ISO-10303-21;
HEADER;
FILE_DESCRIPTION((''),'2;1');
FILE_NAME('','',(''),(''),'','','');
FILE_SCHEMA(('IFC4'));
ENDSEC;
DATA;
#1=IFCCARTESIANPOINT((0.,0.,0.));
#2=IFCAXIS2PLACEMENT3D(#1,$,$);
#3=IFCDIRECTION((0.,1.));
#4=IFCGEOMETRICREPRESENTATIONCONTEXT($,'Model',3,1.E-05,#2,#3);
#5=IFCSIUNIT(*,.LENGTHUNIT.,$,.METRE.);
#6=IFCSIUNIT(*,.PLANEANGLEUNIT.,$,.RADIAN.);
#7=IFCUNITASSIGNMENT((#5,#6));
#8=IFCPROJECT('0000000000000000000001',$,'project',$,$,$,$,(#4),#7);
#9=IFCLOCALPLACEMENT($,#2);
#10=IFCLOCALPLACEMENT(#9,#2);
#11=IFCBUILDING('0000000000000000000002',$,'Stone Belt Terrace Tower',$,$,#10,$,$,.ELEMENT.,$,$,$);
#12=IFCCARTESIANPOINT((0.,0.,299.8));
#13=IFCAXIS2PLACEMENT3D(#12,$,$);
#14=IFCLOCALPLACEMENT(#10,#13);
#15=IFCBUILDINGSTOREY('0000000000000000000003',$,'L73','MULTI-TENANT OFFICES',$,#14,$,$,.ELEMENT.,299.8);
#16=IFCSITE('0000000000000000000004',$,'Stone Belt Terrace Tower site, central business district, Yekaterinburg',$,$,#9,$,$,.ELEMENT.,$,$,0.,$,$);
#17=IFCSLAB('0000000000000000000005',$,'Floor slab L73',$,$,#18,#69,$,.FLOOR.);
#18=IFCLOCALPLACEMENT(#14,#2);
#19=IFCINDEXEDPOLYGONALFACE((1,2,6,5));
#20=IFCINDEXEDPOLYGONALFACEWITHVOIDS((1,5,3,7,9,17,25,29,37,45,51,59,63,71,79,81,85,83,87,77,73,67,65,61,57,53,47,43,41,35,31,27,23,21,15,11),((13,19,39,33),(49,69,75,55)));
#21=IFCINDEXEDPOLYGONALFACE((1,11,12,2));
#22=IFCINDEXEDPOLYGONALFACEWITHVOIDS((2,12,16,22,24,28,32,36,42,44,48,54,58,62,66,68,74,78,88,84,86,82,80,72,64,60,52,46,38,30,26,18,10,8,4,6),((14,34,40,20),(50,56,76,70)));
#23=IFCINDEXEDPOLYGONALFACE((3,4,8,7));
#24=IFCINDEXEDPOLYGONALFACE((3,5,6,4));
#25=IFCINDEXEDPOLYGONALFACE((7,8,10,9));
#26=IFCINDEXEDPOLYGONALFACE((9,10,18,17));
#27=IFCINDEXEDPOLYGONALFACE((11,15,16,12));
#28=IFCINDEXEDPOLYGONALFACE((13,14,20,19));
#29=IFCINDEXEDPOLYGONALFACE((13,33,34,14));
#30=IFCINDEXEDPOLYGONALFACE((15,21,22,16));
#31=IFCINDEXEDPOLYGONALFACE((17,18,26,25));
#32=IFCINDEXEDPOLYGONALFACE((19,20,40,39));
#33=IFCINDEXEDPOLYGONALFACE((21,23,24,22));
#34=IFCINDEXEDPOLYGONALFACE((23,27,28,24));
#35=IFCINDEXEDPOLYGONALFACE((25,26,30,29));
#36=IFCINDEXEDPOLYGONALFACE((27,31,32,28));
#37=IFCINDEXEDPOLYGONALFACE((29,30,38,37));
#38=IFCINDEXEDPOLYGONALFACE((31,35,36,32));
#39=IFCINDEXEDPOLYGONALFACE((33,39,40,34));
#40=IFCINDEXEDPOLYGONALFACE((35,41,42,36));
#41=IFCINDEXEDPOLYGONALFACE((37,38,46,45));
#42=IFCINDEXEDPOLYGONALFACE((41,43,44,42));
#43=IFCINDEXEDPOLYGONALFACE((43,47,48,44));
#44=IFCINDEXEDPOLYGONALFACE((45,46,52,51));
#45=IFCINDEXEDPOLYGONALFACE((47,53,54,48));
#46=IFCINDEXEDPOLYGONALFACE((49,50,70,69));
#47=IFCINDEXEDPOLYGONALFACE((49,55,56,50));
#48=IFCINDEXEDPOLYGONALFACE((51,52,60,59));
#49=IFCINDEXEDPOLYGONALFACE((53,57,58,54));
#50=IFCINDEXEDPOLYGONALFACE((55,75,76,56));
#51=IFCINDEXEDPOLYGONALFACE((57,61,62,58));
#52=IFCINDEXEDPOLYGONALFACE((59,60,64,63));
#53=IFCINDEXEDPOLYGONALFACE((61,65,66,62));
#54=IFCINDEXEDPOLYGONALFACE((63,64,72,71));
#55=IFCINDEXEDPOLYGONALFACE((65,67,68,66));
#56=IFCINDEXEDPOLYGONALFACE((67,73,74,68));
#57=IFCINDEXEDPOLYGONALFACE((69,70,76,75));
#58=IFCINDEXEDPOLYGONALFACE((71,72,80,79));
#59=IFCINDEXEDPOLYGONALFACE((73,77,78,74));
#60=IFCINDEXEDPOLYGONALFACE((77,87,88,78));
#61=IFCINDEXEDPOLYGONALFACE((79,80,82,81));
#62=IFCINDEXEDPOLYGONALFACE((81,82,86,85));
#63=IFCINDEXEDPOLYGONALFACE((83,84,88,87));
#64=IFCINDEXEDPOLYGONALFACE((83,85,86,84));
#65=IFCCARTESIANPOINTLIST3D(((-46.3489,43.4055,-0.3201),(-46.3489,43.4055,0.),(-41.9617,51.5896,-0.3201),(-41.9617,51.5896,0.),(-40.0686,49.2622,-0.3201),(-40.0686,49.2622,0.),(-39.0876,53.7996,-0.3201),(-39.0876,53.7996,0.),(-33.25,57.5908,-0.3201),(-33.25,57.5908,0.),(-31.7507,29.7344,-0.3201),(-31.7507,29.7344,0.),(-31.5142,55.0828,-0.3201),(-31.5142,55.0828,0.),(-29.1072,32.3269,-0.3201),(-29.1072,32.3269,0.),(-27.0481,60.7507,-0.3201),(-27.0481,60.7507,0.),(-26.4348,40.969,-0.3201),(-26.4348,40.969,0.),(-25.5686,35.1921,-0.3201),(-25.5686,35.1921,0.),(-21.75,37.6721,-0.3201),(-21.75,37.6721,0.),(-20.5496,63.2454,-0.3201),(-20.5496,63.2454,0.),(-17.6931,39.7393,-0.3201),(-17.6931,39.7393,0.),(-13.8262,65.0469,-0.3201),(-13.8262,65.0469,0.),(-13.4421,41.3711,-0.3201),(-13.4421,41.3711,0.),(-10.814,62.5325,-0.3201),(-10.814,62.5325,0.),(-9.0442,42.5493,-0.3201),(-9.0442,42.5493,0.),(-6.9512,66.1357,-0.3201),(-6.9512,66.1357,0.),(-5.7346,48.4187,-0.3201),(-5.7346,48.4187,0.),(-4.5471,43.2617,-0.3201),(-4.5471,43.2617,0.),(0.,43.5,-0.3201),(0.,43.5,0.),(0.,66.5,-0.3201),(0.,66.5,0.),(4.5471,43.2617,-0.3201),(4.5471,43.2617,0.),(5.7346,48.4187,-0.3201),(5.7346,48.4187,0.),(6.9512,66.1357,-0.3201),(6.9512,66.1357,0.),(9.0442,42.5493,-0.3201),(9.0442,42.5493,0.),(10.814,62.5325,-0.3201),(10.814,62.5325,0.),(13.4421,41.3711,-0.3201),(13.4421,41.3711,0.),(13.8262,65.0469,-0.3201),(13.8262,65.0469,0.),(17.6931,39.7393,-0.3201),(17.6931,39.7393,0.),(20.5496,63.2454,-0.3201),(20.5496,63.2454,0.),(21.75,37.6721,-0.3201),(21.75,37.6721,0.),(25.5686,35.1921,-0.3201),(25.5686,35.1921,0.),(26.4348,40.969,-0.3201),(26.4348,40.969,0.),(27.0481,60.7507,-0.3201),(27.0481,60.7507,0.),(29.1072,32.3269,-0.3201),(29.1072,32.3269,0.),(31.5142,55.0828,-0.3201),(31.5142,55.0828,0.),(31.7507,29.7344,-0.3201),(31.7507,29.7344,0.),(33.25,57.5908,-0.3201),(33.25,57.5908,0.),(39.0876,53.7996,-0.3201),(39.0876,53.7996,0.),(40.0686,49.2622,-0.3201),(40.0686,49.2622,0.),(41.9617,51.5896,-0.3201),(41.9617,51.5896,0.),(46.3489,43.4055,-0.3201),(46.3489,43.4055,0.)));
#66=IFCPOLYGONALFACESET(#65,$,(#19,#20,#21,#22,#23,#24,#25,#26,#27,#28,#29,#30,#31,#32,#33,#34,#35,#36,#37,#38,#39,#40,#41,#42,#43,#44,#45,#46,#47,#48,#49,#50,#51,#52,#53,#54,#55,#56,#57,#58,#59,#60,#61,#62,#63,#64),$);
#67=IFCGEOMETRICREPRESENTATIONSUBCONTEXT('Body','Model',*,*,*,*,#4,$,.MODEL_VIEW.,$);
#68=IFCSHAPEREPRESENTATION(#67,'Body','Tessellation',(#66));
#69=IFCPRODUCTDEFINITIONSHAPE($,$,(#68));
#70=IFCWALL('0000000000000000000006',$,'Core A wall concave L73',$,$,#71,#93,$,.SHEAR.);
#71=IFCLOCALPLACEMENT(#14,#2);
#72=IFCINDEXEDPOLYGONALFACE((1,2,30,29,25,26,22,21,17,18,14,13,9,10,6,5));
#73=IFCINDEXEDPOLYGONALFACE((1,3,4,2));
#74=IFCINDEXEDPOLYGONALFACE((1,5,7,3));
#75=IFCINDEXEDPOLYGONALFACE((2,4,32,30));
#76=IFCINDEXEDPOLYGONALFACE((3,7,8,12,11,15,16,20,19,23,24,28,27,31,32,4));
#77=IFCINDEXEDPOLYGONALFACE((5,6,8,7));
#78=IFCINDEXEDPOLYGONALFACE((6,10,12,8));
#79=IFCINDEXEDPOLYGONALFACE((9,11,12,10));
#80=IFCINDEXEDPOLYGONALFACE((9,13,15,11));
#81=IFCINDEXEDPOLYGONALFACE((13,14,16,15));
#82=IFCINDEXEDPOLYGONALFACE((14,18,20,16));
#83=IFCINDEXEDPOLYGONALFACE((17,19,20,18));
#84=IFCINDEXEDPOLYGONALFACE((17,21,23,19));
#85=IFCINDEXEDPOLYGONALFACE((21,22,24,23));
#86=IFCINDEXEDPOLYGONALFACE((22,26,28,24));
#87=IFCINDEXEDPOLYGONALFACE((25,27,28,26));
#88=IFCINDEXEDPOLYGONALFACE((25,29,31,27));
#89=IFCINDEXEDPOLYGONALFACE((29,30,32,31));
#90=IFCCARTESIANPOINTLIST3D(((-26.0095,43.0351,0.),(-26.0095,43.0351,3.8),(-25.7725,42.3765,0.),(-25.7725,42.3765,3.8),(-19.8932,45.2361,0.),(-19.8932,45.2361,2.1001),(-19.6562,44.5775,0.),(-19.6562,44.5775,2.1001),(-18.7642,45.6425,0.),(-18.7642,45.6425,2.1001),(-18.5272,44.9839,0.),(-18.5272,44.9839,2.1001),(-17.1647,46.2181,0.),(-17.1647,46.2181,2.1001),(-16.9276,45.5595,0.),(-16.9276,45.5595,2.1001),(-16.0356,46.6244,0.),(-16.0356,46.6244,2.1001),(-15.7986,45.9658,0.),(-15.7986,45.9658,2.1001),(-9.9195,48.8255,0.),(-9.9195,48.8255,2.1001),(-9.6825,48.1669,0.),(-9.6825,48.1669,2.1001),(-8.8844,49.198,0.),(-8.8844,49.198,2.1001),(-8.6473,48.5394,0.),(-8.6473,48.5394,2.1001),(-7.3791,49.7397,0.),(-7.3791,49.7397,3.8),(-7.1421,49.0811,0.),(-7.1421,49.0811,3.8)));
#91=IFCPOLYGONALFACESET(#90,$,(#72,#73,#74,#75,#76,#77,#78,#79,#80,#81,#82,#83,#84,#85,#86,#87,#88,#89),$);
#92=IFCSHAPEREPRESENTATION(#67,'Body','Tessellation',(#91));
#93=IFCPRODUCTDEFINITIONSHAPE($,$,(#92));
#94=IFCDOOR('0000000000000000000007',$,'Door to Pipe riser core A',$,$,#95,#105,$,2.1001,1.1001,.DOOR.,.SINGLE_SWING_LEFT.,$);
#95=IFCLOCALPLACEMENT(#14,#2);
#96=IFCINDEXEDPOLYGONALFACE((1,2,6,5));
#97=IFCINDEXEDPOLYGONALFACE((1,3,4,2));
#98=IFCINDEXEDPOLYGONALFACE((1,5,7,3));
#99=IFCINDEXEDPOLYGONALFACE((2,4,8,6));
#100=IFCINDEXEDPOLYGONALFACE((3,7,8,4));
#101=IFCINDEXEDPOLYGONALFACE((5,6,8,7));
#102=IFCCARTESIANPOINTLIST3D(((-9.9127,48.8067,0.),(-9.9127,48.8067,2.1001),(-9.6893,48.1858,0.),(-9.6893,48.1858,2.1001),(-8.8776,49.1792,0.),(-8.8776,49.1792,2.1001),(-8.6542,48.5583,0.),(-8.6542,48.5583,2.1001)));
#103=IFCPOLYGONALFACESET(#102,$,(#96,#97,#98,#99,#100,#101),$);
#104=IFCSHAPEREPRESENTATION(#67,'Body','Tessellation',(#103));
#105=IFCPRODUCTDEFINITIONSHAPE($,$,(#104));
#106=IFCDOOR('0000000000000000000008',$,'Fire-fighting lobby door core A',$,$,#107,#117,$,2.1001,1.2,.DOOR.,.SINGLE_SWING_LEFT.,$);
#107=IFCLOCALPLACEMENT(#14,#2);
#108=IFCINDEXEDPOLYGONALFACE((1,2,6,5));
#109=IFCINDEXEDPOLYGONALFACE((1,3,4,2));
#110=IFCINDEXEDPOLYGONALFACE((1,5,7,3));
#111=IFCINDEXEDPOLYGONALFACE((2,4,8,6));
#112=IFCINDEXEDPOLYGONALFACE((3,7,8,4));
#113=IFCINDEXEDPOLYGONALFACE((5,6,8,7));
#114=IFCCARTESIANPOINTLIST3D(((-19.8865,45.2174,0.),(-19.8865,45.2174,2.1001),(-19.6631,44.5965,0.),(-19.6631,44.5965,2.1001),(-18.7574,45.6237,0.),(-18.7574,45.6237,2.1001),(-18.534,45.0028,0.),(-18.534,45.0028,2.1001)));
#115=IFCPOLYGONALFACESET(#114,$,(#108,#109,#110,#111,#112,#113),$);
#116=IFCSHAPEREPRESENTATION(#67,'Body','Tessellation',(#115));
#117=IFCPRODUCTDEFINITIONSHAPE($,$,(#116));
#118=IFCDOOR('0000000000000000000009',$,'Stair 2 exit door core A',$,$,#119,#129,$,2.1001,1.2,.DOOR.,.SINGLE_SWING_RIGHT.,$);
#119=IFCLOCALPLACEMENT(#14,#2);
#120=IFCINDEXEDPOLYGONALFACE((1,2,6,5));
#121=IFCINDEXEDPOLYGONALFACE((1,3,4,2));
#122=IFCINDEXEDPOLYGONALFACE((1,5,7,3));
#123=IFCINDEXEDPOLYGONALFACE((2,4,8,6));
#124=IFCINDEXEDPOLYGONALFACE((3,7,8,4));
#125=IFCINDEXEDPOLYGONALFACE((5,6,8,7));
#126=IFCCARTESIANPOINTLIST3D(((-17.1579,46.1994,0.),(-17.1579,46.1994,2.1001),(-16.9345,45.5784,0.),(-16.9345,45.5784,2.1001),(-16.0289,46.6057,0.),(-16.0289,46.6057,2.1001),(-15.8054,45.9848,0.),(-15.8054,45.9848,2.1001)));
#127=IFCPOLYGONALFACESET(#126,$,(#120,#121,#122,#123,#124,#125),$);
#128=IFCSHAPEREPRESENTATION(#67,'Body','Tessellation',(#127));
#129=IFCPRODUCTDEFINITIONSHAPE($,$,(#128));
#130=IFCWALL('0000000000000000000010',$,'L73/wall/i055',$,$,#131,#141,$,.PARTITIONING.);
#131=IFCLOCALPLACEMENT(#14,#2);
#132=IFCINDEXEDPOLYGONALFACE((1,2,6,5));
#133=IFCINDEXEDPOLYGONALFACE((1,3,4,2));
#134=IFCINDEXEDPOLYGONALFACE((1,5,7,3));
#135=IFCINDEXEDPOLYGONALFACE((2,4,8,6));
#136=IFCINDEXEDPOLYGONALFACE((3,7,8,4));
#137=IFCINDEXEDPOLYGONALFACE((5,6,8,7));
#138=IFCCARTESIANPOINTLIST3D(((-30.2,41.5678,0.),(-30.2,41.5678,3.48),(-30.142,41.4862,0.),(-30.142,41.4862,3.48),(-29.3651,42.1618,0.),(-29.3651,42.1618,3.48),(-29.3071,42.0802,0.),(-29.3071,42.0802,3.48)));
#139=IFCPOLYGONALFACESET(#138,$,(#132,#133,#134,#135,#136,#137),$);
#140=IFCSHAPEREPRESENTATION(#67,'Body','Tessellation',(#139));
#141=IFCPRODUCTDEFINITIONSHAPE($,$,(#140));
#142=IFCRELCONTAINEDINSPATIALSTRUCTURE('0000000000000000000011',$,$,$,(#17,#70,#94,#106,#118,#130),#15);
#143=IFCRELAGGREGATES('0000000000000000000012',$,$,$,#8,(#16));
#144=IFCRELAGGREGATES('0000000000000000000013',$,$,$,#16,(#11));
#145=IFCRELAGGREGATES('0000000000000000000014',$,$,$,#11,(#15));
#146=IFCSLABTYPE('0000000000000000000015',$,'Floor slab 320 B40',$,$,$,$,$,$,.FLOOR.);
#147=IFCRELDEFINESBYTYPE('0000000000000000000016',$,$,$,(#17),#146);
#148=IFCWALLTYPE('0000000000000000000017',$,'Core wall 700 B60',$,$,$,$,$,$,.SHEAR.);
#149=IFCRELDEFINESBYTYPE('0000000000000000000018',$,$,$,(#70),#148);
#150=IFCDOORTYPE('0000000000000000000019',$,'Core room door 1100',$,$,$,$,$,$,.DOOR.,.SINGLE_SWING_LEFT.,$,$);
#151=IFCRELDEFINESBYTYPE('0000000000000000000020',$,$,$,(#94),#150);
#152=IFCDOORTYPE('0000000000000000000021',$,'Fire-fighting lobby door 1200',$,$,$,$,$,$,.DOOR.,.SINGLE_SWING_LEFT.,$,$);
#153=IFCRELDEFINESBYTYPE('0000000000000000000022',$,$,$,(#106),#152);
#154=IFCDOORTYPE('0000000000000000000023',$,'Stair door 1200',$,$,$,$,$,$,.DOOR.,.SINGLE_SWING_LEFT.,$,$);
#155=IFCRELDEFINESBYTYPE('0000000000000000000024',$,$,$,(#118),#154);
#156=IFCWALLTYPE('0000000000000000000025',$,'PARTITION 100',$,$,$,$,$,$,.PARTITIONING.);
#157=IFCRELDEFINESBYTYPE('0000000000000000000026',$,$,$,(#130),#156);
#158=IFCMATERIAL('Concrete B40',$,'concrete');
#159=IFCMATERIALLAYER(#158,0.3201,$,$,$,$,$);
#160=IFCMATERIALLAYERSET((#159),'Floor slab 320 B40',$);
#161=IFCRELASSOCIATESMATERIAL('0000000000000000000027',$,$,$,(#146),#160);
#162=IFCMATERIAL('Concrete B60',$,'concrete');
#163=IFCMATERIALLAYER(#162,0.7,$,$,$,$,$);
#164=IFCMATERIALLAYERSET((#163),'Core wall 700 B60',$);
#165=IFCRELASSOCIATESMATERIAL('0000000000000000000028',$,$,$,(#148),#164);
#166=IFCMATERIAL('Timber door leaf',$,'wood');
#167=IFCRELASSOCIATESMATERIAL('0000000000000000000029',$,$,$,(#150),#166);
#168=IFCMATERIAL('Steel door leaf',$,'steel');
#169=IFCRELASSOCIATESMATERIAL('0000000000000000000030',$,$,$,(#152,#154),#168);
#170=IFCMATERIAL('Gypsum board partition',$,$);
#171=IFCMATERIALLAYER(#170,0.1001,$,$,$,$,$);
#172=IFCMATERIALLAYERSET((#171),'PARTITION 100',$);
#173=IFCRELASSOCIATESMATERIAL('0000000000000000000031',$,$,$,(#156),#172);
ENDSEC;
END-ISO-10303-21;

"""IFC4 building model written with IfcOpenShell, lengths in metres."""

from ifc_helpers import new_model, si_unit, direction, frame, frame_2d, origin, place, context, subcontext, project, spatial, polyline, rectangle, outline, extrude, material, layer, layer_set, type_object, element, fill, save


model = new_model("IFC4")

# Units and contexts
model_context = context("Model", 3, precision=1e-05, world=origin(), true_north=direction((0.0, 1.0)))
body_context = subcontext(model_context, "Body", "Model", "MODEL_VIEW")
ifc_project = project(units=[si_unit("LENGTHUNIT", "METRE"), si_unit("PLANEANGLEUNIT", "RADIAN")], contexts=[model_context])

# Site, building, storey
site_placement = place(None, origin())
site = spatial("IfcSite", under=ifc_project, at=site_placement, Name="Stone Belt Terrace Tower site, central business district, Yekaterinburg", CompositionType="ELEMENT", RefElevation=0.0)
building_placement = place(site_placement, origin())
building = spatial("IfcBuilding", under=site, at=building_placement, Name="Stone Belt Terrace Tower", CompositionType="ELEMENT")
storey_placement = place(building_placement, frame((0.0, 0.0, 299.8)))
storey = spatial("IfcBuildingStorey", under=building, at=storey_placement, Name="L73", Description="MULTI-TENANT OFFICES", CompositionType="ELEMENT", Elevation=299.8)

# Shared definitions
ifc_material_1 = material(Name="Concrete B60", Category="concrete")

# Slab
ifc_material_2 = material(Name="Concrete B40", Category="concrete")
ifc_layer_1 = layer(ifc_material_2, 0.3201)
ifc_layer_set_1 = layer_set([ifc_layer_1], Name="Floor slab 320 B40")
slab_type = type_object("IfcSlabType", Name="Floor slab 320 B40", PredefinedType="FLOOR", material=ifc_layer_set_1)
slab_placement = place(storey_placement, frame((0.0, 0.0, -0.3201)))
element("IfcSlab", 1, at=slab_placement, inside=storey, type_object=slab_type, Name="Floor slab L73", PredefinedType="FLOOR", context=body_context, shape_type="SweptSolid", body=[
    extrude(outline(polyline([(-40.0686, 49.2622), (-41.9617, 51.5896), (-39.0876, 53.7996), (-33.25, 57.5908), (-27.0481, 60.7507), (-20.5496, 63.2454), (-13.8262, 65.0469), (-6.9512, 66.1357), (0.0, 66.5), (6.9512, 66.1357), (13.8262, 65.0469), (20.5496, 63.2454), (27.0481, 60.7507), (33.25, 57.5908), (39.0876, 53.7996), (41.9617, 51.5896), (40.0686, 49.2622), (46.3489, 43.4055), (31.7507, 29.7344), (29.1072, 32.3269), (25.5686, 35.1921), (21.75, 37.6721), (17.6931, 39.7393), (13.4421, 41.3711), (9.0442, 42.5493), (4.5471, 43.2617), (0.0, 43.5), (-4.5471, 43.2617), (-9.0442, 42.5493), (-13.4421, 41.3711), (-17.6931, 39.7393), (-21.75, 37.6721), (-25.5686, 35.1921), (-29.1072, 32.3269), (-31.7507, 29.7344), (-46.3489, 43.4055), (-40.0686, 49.2622)]), holes=[polyline([(-10.814, 62.5325), (-31.5142, 55.0828), (-26.4348, 40.969), (-5.7346, 48.4187), (-10.814, 62.5325)]), polyline([(26.4348, 40.969), (31.5142, 55.0828), (10.814, 62.5325), (5.7346, 48.4187), (26.4348, 40.969)])]), origin(), (0.0, 0.0, 1.0), 0.3201),
])

# Wall, openings, doors
ifc_layer_2 = layer(ifc_material_1, 0.7)
ifc_layer_set_2 = layer_set([ifc_layer_2], Name="Core wall 700 B60")
wall_type_1 = type_object("IfcWallType", Name="Core wall 700 B60", PredefinedType="SHEAR", material=ifc_layer_set_2)
wall_1_placement = place(storey_placement, frame((-25.8909, 42.7058, 0.0), z_axis=(0.0, 0.0, 1.0), x_axis=(0.940925, 0.338615, 0.0)))
wall_1 = element("IfcWall", 2, at=wall_1_placement, inside=storey, type_object=wall_type_1, Name="Core A wall concave L73", PredefinedType="SHEAR", context=body_context, shape_type="SweptSolid", body=[
    extrude(rectangle(XDim=19.8, YDim=0.7, at=frame_2d((9.8999, 0.0))), origin(), (0.0, 0.0, 1.0), 3.8),
])
opening_1_placement = place(wall_1_placement, frame((6.5, 0.0, 0.0)))
opening_1 = element("IfcOpeningElement", 3, at=opening_1_placement, cuts=wall_1, PredefinedType="OPENING", context=body_context, shape_type="SweptSolid", body=[
    extrude(rectangle(XDim=1.2, YDim=2.1001, at=frame_2d((0.6001, 1.05))), frame((0.0, 0.3599, 0.0), z_axis=(0.0, -1.0, 0.0), x_axis=(1.0, 0.0, 0.0)), (0.0, 0.0, 1.0), 0.72),
])
opening_2_placement = place(wall_1_placement, frame((9.3999, 0.0, 0.0)))
opening_2 = element("IfcOpeningElement", 4, at=opening_2_placement, cuts=wall_1, PredefinedType="OPENING", context=body_context, shape_type="SweptSolid", body=[
    extrude(rectangle(XDim=1.2, YDim=2.1001, at=frame_2d((0.6001, 1.05))), frame((0.0, 0.3599, 0.0), z_axis=(0.0, -1.0, 0.0), x_axis=(1.0, 0.0, 0.0)), (0.0, 0.0, 1.0), 0.72),
])
opening_3_placement = place(wall_1_placement, frame((17.1001, 0.0, 0.0)))
opening_3 = element("IfcOpeningElement", 5, at=opening_3_placement, cuts=wall_1, PredefinedType="OPENING", context=body_context, shape_type="SweptSolid", body=[
    extrude(rectangle(XDim=1.1001, YDim=2.1001, at=frame_2d((0.55, 1.05))), frame((0.0, 0.3599, 0.0), z_axis=(0.0, -1.0, 0.0), x_axis=(1.0, 0.0, 0.0)), (0.0, 0.0, 1.0), 0.72),
])
ifc_material_3 = material(Name="Timber door leaf", Category="wood")
door_type_1 = type_object("IfcDoorType", Name="Core room door 1100", OperationType="SINGLE_SWING_LEFT", PredefinedType="DOOR", material=ifc_material_3)
door_1_placement = place(opening_3_placement, origin())
door_1 = element("IfcDoor", 6, at=door_1_placement, inside=storey, type_object=door_type_1, Name="Door to Pipe riser core A", OperationType="SINGLE_SWING_LEFT", OverallHeight=2.1001, OverallWidth=1.1001, PredefinedType="DOOR", context=body_context, shape_type="SweptSolid", body=[
    extrude(rectangle(XDim=1.1001, YDim=2.1001, at=frame_2d((0.55, 1.05))), frame((0.0, 0.3301, 0.0), z_axis=(0.0, -1.0, 0.0), x_axis=(1.0, 0.0, 0.0)), (0.0, 0.0, 1.0), 0.6599),
])
fill(opening_3, door_1)
ifc_material_4 = material(Name="Steel door leaf", Category="steel")
door_type_2 = type_object("IfcDoorType", Name="Fire-fighting lobby door 1200", OperationType="SINGLE_SWING_LEFT", PredefinedType="DOOR", material=ifc_material_4)
door_2_placement = place(opening_1_placement, origin())
door_2 = element("IfcDoor", 7, at=door_2_placement, inside=storey, type_object=door_type_2, Name="Fire-fighting lobby door core A", OperationType="SINGLE_SWING_LEFT", OverallHeight=2.1001, OverallWidth=1.2, PredefinedType="DOOR", context=body_context, shape_type="SweptSolid", body=[
    extrude(rectangle(XDim=1.2, YDim=2.1001, at=frame_2d((0.6001, 1.05))), frame((0.0, 0.3301, 0.0), z_axis=(0.0, -1.0, 0.0), x_axis=(1.0, 0.0, 0.0)), (0.0, 0.0, 1.0), 0.6599),
])
fill(opening_1, door_2)
door_type_3 = type_object("IfcDoorType", Name="Stair door 1200", OperationType="SINGLE_SWING_LEFT", PredefinedType="DOOR", material=ifc_material_4)
door_3_placement = place(opening_2_placement, origin())
door_3 = element("IfcDoor", 8, at=door_3_placement, inside=storey, type_object=door_type_3, Name="Stair 2 exit door core A", OperationType="SINGLE_SWING_RIGHT", OverallHeight=2.1001, OverallWidth=1.2, PredefinedType="DOOR", context=body_context, shape_type="SweptSolid", body=[
    extrude(rectangle(XDim=1.2, YDim=2.1001, at=frame_2d((0.6001, 1.05))), frame((0.0, 0.3301, 0.0), z_axis=(0.0, -1.0, 0.0), x_axis=(1.0, 0.0, 0.0)), (0.0, 0.0, 1.0), 0.6599),
])
fill(opening_2, door_3)

# Wall
ifc_material_5 = material(Name="Gypsum board partition")
ifc_layer_3 = layer(ifc_material_5, 0.1001)
ifc_layer_set_3 = layer_set([ifc_layer_3], Name="PARTITION 100")
wall_type_2 = type_object("IfcWallType", Name="PARTITION 100", PredefinedType="PARTITIONING", material=ifc_layer_set_3)
wall_2_placement = place(storey_placement, frame((-30.1709, 41.5271, 0.0), z_axis=(0.0, 0.0, 1.0), x_axis=(0.814843, 0.579682, 0.0)))
element("IfcWall", 9, at=wall_2_placement, inside=storey, type_object=wall_type_2, Name="L73/wall/i055", PredefinedType="PARTITIONING", context=body_context, shape_type="SweptSolid", body=[
    extrude(rectangle(XDim=1.0247, YDim=0.1001, at=frame_2d((0.5122, 0.0))), origin(), (0.0, 0.0, 1.0), 3.48),
])

save(model, "model.ifc")
